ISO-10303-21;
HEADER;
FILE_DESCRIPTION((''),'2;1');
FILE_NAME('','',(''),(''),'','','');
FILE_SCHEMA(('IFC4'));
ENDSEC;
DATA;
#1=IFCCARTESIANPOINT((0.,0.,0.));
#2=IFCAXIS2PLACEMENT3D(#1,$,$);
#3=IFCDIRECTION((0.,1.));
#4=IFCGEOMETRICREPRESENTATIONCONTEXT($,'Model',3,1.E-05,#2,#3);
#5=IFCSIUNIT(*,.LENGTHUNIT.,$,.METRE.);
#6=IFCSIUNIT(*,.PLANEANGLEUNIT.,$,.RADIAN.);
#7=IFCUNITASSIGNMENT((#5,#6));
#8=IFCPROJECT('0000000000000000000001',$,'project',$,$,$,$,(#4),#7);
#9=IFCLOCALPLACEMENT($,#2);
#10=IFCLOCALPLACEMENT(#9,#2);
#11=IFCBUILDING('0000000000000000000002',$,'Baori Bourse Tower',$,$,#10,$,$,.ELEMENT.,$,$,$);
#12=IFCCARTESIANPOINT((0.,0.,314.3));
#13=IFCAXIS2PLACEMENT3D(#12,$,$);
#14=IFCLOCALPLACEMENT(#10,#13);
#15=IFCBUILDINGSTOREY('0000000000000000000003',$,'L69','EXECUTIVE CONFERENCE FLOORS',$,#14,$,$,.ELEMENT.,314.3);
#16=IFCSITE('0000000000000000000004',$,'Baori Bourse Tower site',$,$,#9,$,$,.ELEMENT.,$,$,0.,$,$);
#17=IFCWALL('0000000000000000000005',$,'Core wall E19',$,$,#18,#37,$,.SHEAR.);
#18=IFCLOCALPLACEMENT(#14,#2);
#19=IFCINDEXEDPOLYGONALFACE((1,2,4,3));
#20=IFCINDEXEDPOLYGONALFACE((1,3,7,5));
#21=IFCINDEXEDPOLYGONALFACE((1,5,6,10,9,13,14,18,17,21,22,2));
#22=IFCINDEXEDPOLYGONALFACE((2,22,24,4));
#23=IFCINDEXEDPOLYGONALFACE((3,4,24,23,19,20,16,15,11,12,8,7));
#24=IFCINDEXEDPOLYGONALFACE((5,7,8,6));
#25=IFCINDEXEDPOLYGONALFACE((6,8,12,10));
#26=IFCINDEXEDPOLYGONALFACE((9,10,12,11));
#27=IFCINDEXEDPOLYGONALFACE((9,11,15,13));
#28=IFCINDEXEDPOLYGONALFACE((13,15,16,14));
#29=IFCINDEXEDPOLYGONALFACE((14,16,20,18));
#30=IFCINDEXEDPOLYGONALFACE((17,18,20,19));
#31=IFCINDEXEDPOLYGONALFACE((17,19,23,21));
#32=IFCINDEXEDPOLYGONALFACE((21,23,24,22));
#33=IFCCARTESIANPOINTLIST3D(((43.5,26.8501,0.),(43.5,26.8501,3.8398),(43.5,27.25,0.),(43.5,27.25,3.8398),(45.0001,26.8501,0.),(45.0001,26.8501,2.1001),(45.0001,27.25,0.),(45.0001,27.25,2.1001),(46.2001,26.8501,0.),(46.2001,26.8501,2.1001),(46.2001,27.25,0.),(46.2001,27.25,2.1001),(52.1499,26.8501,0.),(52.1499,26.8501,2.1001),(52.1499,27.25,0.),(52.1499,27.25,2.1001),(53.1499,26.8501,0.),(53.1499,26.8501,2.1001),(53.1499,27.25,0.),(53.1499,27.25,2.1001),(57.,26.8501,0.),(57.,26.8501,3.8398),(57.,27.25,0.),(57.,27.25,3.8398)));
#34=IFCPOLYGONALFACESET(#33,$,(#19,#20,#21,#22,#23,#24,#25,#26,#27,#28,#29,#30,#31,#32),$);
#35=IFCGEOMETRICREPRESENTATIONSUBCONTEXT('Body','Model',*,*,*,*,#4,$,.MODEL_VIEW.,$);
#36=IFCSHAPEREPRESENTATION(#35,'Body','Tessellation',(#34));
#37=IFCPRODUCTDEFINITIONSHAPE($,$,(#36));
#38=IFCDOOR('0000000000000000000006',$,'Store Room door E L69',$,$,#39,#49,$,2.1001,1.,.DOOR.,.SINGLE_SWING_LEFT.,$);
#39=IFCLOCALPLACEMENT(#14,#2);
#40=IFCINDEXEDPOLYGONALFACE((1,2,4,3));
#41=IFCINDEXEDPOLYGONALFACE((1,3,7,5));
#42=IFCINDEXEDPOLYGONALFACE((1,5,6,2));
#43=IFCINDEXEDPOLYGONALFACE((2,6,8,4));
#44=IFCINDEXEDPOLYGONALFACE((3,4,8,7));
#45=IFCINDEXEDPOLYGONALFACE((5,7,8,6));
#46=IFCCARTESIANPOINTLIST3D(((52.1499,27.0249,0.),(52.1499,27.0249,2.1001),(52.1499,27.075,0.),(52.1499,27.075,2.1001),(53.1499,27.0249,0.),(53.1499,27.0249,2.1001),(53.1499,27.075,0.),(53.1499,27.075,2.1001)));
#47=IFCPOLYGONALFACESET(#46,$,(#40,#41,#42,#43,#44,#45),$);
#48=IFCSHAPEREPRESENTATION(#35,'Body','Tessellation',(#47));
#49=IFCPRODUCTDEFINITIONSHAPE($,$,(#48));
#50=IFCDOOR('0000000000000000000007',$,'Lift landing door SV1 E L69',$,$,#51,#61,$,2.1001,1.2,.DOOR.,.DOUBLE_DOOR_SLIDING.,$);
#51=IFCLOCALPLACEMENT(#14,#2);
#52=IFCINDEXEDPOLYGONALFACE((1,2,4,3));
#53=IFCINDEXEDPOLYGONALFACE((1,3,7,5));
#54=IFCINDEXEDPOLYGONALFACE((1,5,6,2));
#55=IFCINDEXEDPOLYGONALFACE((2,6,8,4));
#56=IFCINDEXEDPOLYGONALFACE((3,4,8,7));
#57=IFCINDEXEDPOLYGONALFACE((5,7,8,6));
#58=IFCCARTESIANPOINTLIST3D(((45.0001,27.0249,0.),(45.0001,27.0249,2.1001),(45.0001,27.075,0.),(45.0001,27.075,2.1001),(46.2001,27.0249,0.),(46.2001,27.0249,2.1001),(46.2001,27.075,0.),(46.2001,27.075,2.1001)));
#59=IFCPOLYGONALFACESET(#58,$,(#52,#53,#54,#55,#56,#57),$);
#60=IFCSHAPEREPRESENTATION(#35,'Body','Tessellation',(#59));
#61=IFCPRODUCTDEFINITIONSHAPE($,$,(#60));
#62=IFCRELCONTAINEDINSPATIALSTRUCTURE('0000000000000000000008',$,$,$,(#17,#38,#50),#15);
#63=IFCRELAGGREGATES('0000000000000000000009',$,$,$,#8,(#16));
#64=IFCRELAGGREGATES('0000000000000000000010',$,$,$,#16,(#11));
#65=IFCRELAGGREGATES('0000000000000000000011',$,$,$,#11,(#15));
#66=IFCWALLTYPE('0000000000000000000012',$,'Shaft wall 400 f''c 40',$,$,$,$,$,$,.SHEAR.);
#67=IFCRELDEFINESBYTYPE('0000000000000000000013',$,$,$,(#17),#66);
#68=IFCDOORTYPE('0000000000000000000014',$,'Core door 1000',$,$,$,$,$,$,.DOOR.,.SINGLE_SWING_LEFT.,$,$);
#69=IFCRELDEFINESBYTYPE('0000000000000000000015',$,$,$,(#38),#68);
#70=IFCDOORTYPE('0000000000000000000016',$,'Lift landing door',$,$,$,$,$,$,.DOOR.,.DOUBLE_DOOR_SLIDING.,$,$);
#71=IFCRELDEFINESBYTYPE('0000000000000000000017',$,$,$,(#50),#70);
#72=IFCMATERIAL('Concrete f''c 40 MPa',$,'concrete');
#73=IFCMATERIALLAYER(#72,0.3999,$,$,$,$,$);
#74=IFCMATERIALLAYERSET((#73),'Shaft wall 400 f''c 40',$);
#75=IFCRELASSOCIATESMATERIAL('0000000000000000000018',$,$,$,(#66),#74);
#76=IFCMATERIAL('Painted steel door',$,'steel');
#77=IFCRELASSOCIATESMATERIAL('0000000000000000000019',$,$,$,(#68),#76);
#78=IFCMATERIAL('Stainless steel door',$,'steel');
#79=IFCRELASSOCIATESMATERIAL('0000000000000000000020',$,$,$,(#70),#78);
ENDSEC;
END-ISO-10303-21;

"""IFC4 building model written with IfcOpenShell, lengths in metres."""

from ifc_helpers import new_model, si_unit, direction, frame, frame_2d, origin, place, context, subcontext, project, spatial, rectangle, extrude, material, layer, layer_set, type_object, element, fill, save


model = new_model("IFC4")

# Units and contexts
model_context = context("Model", 3, precision=1e-05, world=origin(), true_north=direction((0.0, 1.0)))
body_context = subcontext(model_context, "Body", "Model", "MODEL_VIEW")
ifc_project = project(units=[si_unit("LENGTHUNIT", "METRE"), si_unit("PLANEANGLEUNIT", "RADIAN")], contexts=[model_context])

# Site, building, storey
site_placement = place(None, origin())
site = spatial("IfcSite", under=ifc_project, at=site_placement, Name="Baori Bourse Tower site", CompositionType="ELEMENT", RefElevation=0.0)
building_placement = place(site_placement, origin())
building = spatial("IfcBuilding", under=site, at=building_placement, Name="Baori Bourse Tower", CompositionType="ELEMENT")
storey_placement = place(building_placement, frame((0.0, 0.0, 314.3)))
storey = spatial("IfcBuildingStorey", under=building, at=storey_placement, Name="L69", Description="EXECUTIVE CONFERENCE FLOORS", CompositionType="ELEMENT", Elevation=314.3)

# Wall, openings, doors
ifc_material_1 = material(Name="Concrete f'c 40 MPa", Category="concrete")
ifc_layer_1 = layer(ifc_material_1, 0.3999)
ifc_layer_set_1 = layer_set([ifc_layer_1], Name="Shaft wall 400 f'c 40")
wall_type_1 = type_object("IfcWallType", Name="Shaft wall 400 f'c 40", PredefinedType="SHEAR", material=ifc_layer_set_1)
wall_1_placement = place(storey_placement, frame((43.5, 27.05, 0.0), z_axis=(0.0, 0.0, 1.0), x_axis=(1.0, 0.0, 0.0)))
wall_1 = element("IfcWall", 1, at=wall_1_placement, inside=storey, type_object=wall_type_1, Name="Core wall E19", PredefinedType="SHEAR", context=body_context, shape_type="SweptSolid", body=[
    extrude(rectangle(XDim=13.5, YDim=0.3999, at=frame_2d((6.75, 0.0))), origin(), (0.0, 0.0, 1.0), 3.8398),
])
opening_1_placement = place(wall_1_placement, frame((8.6499, 0.0, 0.0)))
opening_1 = element("IfcOpeningElement", 2, at=opening_1_placement, cuts=wall_1, PredefinedType="OPENING", context=body_context, shape_type="SweptSolid", body=[
    extrude(rectangle(XDim=1.0, YDim=2.1001, at=frame_2d((0.5, 1.05))), frame((0.0, 0.21, 0.0), z_axis=(0.0, -1.0, 0.0), x_axis=(1.0, 0.0, 0.0)), (0.0, 0.0, 1.0), 0.4199),
])
opening_2_placement = place(wall_1_placement, frame((1.5, 0.0, 0.0)))
opening_2 = element("IfcOpeningElement", 3, at=opening_2_placement, cuts=wall_1, PredefinedType="OPENING", context=body_context, shape_type="SweptSolid", body=[
    extrude(rectangle(XDim=1.2, YDim=2.1001, at=frame_2d((0.6001, 1.05))), frame((0.0, 0.21, 0.0), z_axis=(0.0, -1.0, 0.0), x_axis=(1.0, 0.0, 0.0)), (0.0, 0.0, 1.0), 0.4199),
])
ifc_material_2 = material(Name="Painted steel door", Category="steel")
door_type_1 = type_object("IfcDoorType", Name="Core door 1000", OperationType="SINGLE_SWING_LEFT", PredefinedType="DOOR", material=ifc_material_2)
door_1_placement = place(opening_1_placement, origin())
door_1 = element("IfcDoor", 4, at=door_1_placement, inside=storey, type_object=door_type_1, Name="Store Room door E L69", OperationType="SINGLE_SWING_LEFT", OverallHeight=2.1001, OverallWidth=1.0, PredefinedType="DOOR", context=body_context, shape_type="SweptSolid", body=[
    extrude(rectangle(XDim=1.0, YDim=2.1001, at=frame_2d((0.5, 1.05))), frame((0.0, 0.0249, 0.0), z_axis=(0.0, -1.0, 0.0), x_axis=(1.0, 0.0, 0.0)), (0.0, 0.0, 1.0), 0.05),
])
fill(opening_1, door_1)
ifc_material_3 = material(Name="Stainless steel door", Category="steel")
door_type_2 = type_object("IfcDoorType", Name="Lift landing door", OperationType="DOUBLE_DOOR_SLIDING", PredefinedType="DOOR", material=ifc_material_3)
door_2_placement = place(opening_2_placement, origin())
door_2 = element("IfcDoor", 5, at=door_2_placement, inside=storey, type_object=door_type_2, Name="Lift landing door SV1 E L69", OperationType="DOUBLE_DOOR_SLIDING", OverallHeight=2.1001, OverallWidth=1.2, PredefinedType="DOOR", context=body_context, shape_type="SweptSolid", body=[
    extrude(rectangle(XDim=1.2, YDim=2.1001, at=frame_2d((0.6001, 1.05))), frame((0.0, 0.0249, 0.0), z_axis=(0.0, -1.0, 0.0), x_axis=(1.0, 0.0, 0.0)), (0.0, 0.0, 1.0), 0.05),
])
fill(opening_2, door_2)

save(model, "model.ifc")
